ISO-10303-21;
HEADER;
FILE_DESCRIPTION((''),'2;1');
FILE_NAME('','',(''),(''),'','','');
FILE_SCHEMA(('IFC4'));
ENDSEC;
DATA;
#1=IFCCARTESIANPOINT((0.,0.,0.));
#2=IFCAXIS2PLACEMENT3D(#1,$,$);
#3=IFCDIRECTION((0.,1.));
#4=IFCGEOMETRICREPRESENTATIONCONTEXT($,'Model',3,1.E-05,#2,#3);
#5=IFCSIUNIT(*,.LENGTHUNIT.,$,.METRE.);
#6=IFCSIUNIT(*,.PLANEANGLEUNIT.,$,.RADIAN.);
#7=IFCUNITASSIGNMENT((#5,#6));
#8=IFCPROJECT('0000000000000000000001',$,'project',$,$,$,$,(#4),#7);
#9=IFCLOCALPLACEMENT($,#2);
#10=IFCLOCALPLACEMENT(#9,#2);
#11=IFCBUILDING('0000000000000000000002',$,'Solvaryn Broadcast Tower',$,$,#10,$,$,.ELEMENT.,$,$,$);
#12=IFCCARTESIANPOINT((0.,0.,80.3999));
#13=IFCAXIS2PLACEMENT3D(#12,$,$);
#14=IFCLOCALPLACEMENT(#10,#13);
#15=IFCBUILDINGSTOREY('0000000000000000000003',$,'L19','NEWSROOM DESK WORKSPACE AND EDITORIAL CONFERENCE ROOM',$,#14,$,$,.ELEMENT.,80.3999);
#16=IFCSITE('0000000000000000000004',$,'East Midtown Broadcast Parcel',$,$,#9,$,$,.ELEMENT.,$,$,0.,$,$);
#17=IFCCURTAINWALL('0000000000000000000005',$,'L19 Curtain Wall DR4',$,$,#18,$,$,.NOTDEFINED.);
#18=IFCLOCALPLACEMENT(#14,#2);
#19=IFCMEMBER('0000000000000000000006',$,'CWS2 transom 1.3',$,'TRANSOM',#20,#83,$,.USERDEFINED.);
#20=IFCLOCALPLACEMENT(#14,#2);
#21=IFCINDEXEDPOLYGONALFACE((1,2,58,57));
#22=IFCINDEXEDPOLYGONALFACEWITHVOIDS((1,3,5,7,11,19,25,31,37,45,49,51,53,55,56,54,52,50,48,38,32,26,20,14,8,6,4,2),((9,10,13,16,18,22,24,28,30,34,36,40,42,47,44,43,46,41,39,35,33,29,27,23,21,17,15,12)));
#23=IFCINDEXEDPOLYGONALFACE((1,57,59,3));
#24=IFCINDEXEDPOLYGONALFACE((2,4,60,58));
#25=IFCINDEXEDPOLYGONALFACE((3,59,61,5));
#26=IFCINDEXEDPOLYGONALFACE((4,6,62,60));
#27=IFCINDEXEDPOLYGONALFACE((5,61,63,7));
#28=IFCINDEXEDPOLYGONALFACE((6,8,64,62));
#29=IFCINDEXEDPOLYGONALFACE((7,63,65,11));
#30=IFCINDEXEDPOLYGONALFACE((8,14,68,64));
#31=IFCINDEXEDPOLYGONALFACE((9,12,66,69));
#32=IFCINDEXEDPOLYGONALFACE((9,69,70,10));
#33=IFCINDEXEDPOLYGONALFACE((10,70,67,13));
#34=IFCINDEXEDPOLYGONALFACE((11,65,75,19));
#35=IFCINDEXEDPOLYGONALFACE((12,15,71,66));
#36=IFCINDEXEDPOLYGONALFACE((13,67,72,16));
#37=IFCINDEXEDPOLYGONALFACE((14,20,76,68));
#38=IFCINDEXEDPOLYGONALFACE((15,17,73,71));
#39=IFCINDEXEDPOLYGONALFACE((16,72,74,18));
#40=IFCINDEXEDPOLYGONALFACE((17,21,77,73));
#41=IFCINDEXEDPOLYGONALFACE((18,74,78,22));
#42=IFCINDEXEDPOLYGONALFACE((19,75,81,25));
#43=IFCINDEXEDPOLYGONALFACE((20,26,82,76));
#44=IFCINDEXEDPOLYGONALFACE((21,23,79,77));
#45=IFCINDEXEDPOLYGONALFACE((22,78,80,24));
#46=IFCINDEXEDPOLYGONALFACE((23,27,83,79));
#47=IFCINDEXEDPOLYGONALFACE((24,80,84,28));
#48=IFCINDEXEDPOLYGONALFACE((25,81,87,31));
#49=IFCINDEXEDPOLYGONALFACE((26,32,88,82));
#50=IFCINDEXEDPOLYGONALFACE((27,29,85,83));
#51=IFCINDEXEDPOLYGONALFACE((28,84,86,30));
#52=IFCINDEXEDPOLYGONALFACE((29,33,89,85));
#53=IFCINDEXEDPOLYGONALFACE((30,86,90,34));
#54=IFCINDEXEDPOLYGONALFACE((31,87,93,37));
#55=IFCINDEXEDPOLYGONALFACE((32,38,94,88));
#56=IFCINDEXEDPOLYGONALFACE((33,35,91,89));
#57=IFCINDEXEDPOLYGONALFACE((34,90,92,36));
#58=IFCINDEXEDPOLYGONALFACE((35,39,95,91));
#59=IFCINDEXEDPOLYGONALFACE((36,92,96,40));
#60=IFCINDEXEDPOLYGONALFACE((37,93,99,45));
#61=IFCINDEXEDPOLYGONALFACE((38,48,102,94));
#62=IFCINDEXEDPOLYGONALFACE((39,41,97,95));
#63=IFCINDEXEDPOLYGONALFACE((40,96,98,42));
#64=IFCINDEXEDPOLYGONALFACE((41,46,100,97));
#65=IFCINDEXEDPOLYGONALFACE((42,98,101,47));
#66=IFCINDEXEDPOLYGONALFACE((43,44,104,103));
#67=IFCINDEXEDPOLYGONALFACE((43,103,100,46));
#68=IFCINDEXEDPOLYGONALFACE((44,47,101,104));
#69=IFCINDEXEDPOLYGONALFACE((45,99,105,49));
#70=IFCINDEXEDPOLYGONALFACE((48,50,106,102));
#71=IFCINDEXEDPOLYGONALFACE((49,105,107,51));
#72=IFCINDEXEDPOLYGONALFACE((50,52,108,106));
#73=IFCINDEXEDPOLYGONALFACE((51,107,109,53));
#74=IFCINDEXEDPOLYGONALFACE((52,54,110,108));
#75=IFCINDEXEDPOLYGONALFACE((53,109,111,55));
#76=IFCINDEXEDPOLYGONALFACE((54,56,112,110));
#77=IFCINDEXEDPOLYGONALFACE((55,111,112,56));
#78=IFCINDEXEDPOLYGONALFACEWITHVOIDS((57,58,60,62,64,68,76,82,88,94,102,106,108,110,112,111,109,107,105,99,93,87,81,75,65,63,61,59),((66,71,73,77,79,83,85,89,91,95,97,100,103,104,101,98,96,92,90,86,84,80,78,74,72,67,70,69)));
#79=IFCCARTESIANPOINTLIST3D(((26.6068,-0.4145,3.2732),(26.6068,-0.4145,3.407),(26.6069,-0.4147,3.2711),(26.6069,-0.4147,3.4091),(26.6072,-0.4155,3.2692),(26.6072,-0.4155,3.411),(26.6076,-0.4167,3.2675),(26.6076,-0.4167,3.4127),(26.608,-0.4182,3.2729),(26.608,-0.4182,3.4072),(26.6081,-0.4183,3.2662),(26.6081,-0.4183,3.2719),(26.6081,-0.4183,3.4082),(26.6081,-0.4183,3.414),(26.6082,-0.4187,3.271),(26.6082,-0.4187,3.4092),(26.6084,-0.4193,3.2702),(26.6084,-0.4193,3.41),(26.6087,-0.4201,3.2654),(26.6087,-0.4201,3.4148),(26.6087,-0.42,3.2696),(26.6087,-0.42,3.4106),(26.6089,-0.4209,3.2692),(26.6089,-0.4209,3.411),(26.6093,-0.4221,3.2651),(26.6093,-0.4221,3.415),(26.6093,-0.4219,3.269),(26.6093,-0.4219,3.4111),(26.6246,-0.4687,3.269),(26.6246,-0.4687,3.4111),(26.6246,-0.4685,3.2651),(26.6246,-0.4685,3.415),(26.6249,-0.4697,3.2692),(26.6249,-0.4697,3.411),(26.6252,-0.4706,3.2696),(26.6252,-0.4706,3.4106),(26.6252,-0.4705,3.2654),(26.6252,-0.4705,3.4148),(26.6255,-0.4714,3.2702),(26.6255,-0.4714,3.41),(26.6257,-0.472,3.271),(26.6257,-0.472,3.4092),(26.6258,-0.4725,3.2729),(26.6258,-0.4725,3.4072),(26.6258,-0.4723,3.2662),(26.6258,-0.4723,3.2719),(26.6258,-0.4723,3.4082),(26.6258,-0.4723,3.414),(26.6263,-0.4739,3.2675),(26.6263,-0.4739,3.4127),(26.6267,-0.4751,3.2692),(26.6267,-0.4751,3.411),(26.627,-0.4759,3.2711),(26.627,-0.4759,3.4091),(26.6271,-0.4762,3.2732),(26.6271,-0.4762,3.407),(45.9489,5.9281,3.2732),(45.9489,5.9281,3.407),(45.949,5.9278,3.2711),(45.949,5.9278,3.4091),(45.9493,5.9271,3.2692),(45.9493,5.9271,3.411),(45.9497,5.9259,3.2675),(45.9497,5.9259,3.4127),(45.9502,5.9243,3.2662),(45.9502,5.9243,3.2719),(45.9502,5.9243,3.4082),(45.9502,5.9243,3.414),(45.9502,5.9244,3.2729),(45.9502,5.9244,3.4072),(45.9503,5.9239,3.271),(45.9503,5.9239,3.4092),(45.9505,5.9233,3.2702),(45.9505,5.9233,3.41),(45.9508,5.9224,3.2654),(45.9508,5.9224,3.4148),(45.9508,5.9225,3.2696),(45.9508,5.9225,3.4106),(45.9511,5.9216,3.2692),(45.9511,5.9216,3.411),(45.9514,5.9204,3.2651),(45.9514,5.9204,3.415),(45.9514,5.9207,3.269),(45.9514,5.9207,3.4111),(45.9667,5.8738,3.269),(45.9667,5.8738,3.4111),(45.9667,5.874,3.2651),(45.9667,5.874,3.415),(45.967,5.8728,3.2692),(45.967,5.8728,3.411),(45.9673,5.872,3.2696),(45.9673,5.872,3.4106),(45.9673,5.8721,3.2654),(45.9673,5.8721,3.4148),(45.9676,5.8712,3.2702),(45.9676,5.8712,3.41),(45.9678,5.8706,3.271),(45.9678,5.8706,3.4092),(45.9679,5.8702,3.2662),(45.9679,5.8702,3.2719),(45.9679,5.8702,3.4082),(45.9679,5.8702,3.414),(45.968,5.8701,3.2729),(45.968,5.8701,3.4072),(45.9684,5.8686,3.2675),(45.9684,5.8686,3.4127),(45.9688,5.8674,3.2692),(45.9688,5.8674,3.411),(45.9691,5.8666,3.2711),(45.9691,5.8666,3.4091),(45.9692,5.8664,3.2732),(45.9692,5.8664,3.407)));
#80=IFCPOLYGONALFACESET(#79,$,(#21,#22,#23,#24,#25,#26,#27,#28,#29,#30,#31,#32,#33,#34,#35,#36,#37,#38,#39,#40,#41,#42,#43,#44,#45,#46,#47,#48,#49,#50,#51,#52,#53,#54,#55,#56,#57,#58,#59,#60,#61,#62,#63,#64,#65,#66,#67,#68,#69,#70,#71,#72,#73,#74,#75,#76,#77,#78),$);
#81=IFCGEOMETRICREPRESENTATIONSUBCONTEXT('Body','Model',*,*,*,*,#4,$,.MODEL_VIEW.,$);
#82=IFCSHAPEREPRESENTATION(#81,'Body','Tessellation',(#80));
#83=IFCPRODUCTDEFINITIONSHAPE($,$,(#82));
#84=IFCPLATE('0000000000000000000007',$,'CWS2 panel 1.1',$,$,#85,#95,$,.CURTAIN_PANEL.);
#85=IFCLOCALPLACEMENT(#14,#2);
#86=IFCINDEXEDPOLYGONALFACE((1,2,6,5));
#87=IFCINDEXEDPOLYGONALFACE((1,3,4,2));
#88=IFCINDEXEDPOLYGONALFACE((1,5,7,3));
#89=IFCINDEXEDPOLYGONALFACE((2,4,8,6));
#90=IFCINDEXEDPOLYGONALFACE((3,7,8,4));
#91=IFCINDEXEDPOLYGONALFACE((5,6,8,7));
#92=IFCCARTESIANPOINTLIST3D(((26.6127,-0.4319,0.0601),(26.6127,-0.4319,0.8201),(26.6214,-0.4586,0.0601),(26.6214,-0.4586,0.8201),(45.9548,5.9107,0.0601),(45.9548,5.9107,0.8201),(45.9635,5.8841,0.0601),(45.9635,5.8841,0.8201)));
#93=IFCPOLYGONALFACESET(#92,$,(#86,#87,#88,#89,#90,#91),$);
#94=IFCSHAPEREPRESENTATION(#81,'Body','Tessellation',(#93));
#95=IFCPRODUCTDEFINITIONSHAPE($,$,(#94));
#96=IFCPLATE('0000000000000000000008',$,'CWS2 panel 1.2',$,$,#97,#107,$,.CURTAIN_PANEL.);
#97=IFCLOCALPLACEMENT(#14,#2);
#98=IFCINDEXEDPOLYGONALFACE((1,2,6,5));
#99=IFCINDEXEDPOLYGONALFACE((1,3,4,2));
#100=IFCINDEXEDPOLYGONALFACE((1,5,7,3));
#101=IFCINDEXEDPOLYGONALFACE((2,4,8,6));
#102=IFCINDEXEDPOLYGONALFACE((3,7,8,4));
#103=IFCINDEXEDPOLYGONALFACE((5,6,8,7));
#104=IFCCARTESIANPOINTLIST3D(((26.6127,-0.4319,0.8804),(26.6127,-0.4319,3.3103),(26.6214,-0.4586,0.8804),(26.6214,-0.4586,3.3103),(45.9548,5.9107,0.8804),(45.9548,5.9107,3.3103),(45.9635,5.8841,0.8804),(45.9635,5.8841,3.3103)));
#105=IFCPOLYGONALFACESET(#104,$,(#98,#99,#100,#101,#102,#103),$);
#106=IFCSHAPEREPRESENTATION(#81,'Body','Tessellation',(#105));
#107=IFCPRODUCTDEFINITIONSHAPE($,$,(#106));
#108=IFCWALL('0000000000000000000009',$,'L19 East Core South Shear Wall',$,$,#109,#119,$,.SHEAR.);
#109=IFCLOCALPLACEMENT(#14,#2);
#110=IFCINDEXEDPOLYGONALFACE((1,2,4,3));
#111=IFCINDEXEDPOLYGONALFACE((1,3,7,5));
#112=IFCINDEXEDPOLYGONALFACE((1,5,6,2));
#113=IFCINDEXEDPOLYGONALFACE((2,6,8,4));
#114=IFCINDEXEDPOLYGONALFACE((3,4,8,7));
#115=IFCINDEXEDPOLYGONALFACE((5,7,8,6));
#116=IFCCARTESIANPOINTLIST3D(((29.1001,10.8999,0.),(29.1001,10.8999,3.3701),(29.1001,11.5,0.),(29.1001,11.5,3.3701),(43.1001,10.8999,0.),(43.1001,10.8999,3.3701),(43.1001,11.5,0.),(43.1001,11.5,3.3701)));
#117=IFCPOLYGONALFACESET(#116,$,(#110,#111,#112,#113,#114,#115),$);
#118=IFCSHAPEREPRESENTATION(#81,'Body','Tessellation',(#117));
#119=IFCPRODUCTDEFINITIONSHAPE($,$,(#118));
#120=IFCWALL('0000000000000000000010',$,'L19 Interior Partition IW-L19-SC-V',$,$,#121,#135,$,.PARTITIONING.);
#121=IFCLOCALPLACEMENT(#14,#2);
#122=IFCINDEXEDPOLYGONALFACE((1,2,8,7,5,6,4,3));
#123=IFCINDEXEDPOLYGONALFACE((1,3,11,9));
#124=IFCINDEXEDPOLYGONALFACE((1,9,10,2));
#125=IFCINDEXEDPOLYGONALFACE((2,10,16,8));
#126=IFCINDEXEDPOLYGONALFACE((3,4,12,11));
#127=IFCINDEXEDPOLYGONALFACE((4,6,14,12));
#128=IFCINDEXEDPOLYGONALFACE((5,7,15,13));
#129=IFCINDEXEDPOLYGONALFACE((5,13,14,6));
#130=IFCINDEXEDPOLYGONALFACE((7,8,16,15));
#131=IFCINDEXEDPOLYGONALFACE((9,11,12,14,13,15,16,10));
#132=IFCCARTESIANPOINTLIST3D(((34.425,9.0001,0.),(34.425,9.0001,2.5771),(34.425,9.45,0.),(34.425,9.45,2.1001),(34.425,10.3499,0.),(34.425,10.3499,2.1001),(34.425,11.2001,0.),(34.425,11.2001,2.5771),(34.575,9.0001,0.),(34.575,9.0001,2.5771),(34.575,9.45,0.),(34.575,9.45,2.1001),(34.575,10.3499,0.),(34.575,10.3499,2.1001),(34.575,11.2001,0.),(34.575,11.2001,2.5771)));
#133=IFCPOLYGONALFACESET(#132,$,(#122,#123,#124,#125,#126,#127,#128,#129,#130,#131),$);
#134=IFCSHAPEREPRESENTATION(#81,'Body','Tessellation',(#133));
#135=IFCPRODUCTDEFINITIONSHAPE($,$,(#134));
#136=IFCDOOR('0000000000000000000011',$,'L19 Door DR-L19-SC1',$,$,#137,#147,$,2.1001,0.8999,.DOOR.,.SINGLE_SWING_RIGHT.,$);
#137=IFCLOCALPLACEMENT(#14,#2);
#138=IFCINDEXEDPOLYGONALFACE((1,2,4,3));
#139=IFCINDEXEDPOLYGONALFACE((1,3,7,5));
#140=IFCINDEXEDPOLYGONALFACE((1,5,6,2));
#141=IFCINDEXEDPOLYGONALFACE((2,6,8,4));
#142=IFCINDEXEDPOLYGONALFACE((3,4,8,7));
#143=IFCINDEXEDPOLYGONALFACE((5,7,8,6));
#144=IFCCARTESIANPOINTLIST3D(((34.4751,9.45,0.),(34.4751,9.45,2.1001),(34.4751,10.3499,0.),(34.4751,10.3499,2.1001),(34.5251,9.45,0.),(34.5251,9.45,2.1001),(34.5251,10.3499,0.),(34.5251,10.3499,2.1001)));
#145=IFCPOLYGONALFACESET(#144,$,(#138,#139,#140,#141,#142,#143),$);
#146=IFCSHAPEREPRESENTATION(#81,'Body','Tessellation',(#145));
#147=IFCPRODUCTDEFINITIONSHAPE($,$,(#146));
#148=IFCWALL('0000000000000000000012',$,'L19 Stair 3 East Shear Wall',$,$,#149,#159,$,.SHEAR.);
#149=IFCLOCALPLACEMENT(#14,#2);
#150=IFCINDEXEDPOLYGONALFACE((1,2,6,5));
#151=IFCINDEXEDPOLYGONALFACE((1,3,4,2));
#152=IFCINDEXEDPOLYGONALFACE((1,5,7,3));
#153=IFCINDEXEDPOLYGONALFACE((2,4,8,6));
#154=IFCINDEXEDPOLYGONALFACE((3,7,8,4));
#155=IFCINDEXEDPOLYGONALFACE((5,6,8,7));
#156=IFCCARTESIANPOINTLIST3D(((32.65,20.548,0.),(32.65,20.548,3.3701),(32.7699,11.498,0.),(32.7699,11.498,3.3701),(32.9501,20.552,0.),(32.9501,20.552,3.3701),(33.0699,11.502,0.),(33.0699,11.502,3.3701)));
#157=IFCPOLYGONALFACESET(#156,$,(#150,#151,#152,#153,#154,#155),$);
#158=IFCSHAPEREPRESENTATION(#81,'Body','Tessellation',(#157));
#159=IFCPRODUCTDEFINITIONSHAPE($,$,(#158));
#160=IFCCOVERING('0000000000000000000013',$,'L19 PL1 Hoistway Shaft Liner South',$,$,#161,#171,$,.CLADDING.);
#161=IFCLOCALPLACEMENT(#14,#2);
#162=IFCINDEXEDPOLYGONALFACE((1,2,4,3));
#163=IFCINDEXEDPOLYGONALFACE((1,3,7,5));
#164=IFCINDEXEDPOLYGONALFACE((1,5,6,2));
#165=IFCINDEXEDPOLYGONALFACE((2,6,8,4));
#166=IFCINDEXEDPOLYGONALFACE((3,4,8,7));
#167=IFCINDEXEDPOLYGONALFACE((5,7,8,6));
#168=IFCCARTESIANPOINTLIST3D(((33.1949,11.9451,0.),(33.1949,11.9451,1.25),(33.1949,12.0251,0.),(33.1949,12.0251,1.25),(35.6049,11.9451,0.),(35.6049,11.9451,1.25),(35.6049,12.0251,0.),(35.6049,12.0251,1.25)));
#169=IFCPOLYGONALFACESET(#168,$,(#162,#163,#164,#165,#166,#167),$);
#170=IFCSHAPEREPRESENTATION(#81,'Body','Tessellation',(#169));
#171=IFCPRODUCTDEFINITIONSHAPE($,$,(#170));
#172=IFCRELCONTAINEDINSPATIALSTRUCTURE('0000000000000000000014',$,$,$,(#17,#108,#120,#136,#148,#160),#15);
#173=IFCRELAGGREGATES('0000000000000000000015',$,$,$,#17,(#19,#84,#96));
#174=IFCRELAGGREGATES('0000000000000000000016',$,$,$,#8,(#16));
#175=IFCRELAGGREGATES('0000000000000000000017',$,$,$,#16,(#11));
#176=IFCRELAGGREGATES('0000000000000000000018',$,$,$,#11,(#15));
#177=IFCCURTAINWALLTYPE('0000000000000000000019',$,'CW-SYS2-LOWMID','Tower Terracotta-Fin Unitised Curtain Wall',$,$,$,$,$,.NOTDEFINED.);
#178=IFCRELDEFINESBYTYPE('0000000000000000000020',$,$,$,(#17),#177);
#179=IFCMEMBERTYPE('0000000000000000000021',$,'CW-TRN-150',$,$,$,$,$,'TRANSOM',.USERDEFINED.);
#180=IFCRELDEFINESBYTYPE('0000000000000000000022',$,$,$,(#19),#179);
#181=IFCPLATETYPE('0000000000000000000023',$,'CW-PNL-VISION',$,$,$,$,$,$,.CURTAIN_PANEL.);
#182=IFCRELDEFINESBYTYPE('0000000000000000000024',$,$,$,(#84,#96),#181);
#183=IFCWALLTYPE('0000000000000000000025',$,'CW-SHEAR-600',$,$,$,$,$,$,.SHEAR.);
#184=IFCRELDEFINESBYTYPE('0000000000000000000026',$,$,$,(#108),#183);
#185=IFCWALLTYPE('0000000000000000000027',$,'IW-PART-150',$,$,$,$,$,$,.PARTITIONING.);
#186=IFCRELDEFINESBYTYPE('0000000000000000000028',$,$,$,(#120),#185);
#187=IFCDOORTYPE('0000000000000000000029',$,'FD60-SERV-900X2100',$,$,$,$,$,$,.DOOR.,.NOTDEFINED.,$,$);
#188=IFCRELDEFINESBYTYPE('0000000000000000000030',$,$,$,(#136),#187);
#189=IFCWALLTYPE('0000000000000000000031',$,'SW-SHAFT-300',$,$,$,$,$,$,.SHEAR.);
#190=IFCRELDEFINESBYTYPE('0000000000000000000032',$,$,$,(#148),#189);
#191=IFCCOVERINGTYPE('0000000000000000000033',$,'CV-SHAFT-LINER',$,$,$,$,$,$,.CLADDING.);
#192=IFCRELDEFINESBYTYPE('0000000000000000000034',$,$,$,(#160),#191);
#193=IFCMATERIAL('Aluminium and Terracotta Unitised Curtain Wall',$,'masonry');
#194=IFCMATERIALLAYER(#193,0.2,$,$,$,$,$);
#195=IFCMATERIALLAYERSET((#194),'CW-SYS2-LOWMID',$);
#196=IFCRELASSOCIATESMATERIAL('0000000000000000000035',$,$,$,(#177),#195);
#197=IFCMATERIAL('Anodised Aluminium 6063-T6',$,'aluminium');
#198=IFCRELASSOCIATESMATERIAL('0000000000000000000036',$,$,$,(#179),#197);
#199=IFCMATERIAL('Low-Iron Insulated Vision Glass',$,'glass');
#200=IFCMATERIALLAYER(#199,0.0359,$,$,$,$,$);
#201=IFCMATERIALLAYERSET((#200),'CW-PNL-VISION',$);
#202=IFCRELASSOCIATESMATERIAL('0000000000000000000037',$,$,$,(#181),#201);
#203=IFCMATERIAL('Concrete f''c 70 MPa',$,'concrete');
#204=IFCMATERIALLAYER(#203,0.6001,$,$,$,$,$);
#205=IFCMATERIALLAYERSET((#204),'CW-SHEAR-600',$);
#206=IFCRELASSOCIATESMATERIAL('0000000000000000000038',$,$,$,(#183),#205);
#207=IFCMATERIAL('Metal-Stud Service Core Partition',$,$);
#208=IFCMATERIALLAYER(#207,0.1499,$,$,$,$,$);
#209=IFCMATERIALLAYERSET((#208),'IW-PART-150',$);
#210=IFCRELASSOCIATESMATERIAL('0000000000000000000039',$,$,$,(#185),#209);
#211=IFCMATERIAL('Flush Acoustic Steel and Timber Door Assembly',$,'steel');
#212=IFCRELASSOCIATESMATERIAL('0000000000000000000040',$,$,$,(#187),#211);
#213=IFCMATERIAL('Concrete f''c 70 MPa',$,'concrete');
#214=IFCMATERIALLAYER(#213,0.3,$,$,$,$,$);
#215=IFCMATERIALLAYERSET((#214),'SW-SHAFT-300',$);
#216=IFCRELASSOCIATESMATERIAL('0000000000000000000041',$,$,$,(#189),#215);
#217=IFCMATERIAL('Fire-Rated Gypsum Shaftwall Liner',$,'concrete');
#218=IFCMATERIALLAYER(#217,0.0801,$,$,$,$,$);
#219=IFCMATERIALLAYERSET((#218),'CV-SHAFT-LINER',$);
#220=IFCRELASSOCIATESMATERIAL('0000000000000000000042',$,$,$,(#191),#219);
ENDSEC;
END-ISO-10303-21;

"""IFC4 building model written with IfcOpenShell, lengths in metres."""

from ifc_helpers import new_model, si_unit, direction, frame, frame_2d, origin, origin_2d, place, context, subcontext, project, spatial, rectangle, hollow_rectangle, extrude, material, layer, layer_set, material_profile, profile_set, type_object, element, fill, aggregate, save


model = new_model("IFC4")

# Units and contexts
model_context = context("Model", 3, precision=1e-05, world=origin(), true_north=direction((0.0, 1.0)))
body_context = subcontext(model_context, "Body", "Model", "MODEL_VIEW")
ifc_project = project(units=[si_unit("LENGTHUNIT", "METRE"), si_unit("PLANEANGLEUNIT", "RADIAN")], contexts=[model_context])

# Site, building, storey
site_placement = place(None, origin())
site = spatial("IfcSite", under=ifc_project, at=site_placement, Name="East Midtown Broadcast Parcel", CompositionType="ELEMENT", RefElevation=0.0)
building_placement = place(site_placement, origin())
building = spatial("IfcBuilding", under=site, at=building_placement, Name="Solvaryn Broadcast Tower", CompositionType="ELEMENT")
storey_placement = place(building_placement, frame((0.0, 0.0, 80.3999)))
storey = spatial("IfcBuildingStorey", under=building, at=storey_placement, Name="L19", Description="NEWSROOM DESK WORKSPACE AND EDITORIAL CONFERENCE ROOM", CompositionType="ELEMENT", Elevation=80.3999)

# Shared definitions
ifc_material_1 = material(Name="Aluminium and Terracotta Unitised Curtain Wall", Category="masonry")
ifc_layer_1 = layer(ifc_material_1, 0.2)
ifc_layer_set_1 = layer_set([ifc_layer_1], Name="CW-SYS2-LOWMID")
curtain_wall_type = type_object("IfcCurtainWallType", Name="CW-SYS2-LOWMID", Description="Tower Terracotta-Fin Unitised Curtain Wall", PredefinedType="NOTDEFINED", material=ifc_layer_set_1)

# Curtain wall, member, plates
curtain_wall_1_placement = place(storey_placement, origin())
curtain_wall_1 = element("IfcCurtainWall", 1, at=curtain_wall_1_placement, inside=storey, type_object=curtain_wall_type, Name="L19 Curtain Wall DR4", PredefinedType="NOTDEFINED")
ifc_material_2 = material(Name="Anodised Aluminium 6063-T6", Category="aluminium")
ifc_material_profile_1 = material_profile(ifc_material_2, hollow_rectangle(XDim=0.0649, YDim=0.1499, WallThickness=0.0039, InnerFilletRadius=0.0039, OuterFilletRadius=0.0081, at=origin_2d()))
ifc_profile_set_1 = profile_set([ifc_material_profile_1], Name="Anodised Aluminium 6063-T6")
member_type_1 = type_object("IfcMemberType", Name="CW-TRN-150", ElementType="TRANSOM", PredefinedType="USERDEFINED", material=ifc_profile_set_1)
member_1_placement = place(storey_placement, frame((26.6169, -0.4453, 3.3401), z_axis=(0.950217, 0.31159, 0.0), x_axis=(-0.31159, 0.950217, 0.0)))
member_1 = element("IfcMember", 2, at=member_1_placement, type_object=member_type_1, Name="CWS2 transom 1.3", ObjectType="TRANSOM", PredefinedType="USERDEFINED", context=body_context, shape_type="SweptSolid", body=[
    extrude(hollow_rectangle(XDim=0.0649, YDim=0.1499, WallThickness=0.0039, InnerFilletRadius=0.0039, OuterFilletRadius=0.0081, at=origin_2d()), origin(), (0.0, 0.0, 1.0), 20.3555),
])
ifc_material_3 = material(Name="Low-Iron Insulated Vision Glass", Category="glass")
ifc_layer_2 = layer(ifc_material_3, 0.0359)
ifc_layer_set_2 = layer_set([ifc_layer_2], Name="CW-PNL-VISION")
plate_type = type_object("IfcPlateType", Name="CW-PNL-VISION", PredefinedType="CURTAIN_PANEL", material=ifc_layer_set_2)
plate_1_placement = place(storey_placement, frame((36.2881, 2.7261, 0.0601), z_axis=(0.0, 0.0, 1.0), x_axis=(0.950215, 0.311594, 0.0)))
plate_1 = element("IfcPlate", 3, at=plate_1_placement, type_object=plate_type, Name="CWS2 panel 1.1", PredefinedType="CURTAIN_PANEL", context=body_context, shape_type="SweptSolid", body=[
    extrude(rectangle(XDim=20.3555, YDim=0.0281, at=origin_2d()), origin(), (0.0, 0.0, 1.0), 0.76),
])
plate_2_placement = place(storey_placement, frame((36.2881, 2.7261, 0.8804), z_axis=(0.0, 0.0, 1.0), x_axis=(0.950215, 0.311594, 0.0)))
plate_2 = element("IfcPlate", 4, at=plate_2_placement, type_object=plate_type, Name="CWS2 panel 1.2", PredefinedType="CURTAIN_PANEL", context=body_context, shape_type="SweptSolid", body=[
    extrude(rectangle(XDim=20.3555, YDim=0.0281, at=origin_2d()), origin(), (0.0, 0.0, 1.0), 2.4299),
])
aggregate(curtain_wall_1, [member_1, plate_1, plate_2])

# Wall
ifc_material_4 = material(Name="Concrete f'c 70 MPa", Category="concrete")
ifc_layer_3 = layer(ifc_material_4, 0.6001)
ifc_layer_set_3 = layer_set([ifc_layer_3], Name="CW-SHEAR-600")
wall_type_1 = type_object("IfcWallType", Name="CW-SHEAR-600", PredefinedType="SHEAR", material=ifc_layer_set_3)
wall_1_placement = place(storey_placement, frame((29.1001, 11.2, 0.0), z_axis=(0.0, 0.0, 1.0), x_axis=(1.0, 0.0, 0.0)))
element("IfcWall", 5, at=wall_1_placement, inside=storey, type_object=wall_type_1, Name="L19 East Core South Shear Wall", PredefinedType="SHEAR", context=body_context, shape_type="SweptSolid", body=[
    extrude(rectangle(XDim=14.0, YDim=0.6001, at=frame_2d((7.0, 0.0))), origin(), (0.0, 0.0, 1.0), 3.3701),
])

# Wall, opening, door
ifc_material_5 = material(Name="Metal-Stud Service Core Partition")
ifc_layer_4 = layer(ifc_material_5, 0.1499)
ifc_layer_set_4 = layer_set([ifc_layer_4], Name="IW-PART-150")
wall_type_2 = type_object("IfcWallType", Name="IW-PART-150", PredefinedType="PARTITIONING", material=ifc_layer_set_4)
wall_2_placement = place(storey_placement, frame((34.5, 9.0, 0.0), z_axis=(0.0, 0.0, 1.0), x_axis=(0.0, 1.0, 0.0)))
wall_2 = element("IfcWall", 6, at=wall_2_placement, inside=storey, type_object=wall_type_2, Name="L19 Interior Partition IW-L19-SC-V", PredefinedType="PARTITIONING", context=body_context, shape_type="SweptSolid", body=[
    extrude(rectangle(XDim=2.2, YDim=0.1499, at=frame_2d((1.1001, 0.0))), origin(), (0.0, 0.0, 1.0), 2.5771),
])
opening_placement = place(wall_2_placement, frame((0.45, 0.0, 0.0)))
opening = element("IfcOpeningElement", 7, at=opening_placement, cuts=wall_2, PredefinedType="OPENING", context=body_context, shape_type="SweptSolid", body=[
    extrude(rectangle(XDim=0.8999, YDim=2.1001, at=frame_2d((0.45, 1.05))), frame((0.0, 0.085, 0.0), z_axis=(0.0, -1.0, 0.0), x_axis=(1.0, 0.0, 0.0)), (0.0, 0.0, 1.0), 0.1699),
])
ifc_material_6 = material(Name="Flush Acoustic Steel and Timber Door Assembly", Category="steel")
door_type = type_object("IfcDoorType", Name="FD60-SERV-900X2100", OperationType="NOTDEFINED", PredefinedType="DOOR", material=ifc_material_6)
door_placement = place(opening_placement, origin())
door = element("IfcDoor", 8, at=door_placement, inside=storey, type_object=door_type, Name="L19 Door DR-L19-SC1", OperationType="SINGLE_SWING_RIGHT", OverallHeight=2.1001, OverallWidth=0.8999, PredefinedType="DOOR", context=body_context, shape_type="SweptSolid", body=[
    extrude(rectangle(XDim=0.8999, YDim=2.1001, at=frame_2d((0.45, 1.05))), frame((0.0, 0.0249, 0.0), z_axis=(0.0, -1.0, 0.0), x_axis=(1.0, 0.0, 0.0)), (0.0, 0.0, 1.0), 0.05),
])
fill(opening, door)

# Wall
ifc_material_7 = material(Name="Concrete f'c 70 MPa", Category="concrete")
ifc_layer_5 = layer(ifc_material_7, 0.3)
ifc_layer_set_5 = layer_set([ifc_layer_5], Name="SW-SHAFT-300")
wall_type_3 = type_object("IfcWallType", Name="SW-SHAFT-300", PredefinedType="SHEAR", material=ifc_layer_set_5)
wall_3_placement = place(storey_placement, frame((32.9199, 11.5, 0.0), z_axis=(0.0, 0.0, 1.0), x_axis=(-0.013244, 0.999912, 0.0)))
element("IfcWall", 9, at=wall_3_placement, inside=storey, type_object=wall_type_3, Name="L19 Stair 3 East Shear Wall", PredefinedType="SHEAR", context=body_context, shape_type="SweptSolid", body=[
    extrude(rectangle(XDim=9.0508, YDim=0.3, at=frame_2d((4.5254, 0.0))), origin(), (0.0, 0.0, 1.0), 3.3701),
])

# Covering
ifc_material_8 = material(Name="Fire-Rated Gypsum Shaftwall Liner", Category="concrete")
ifc_layer_6 = layer(ifc_material_8, 0.0801)
ifc_layer_set_6 = layer_set([ifc_layer_6], Name="CV-SHAFT-LINER")
covering_type_1 = type_object("IfcCoveringType", Name="CV-SHAFT-LINER", PredefinedType="CLADDING", material=ifc_layer_set_6)
covering_1_placement = place(storey_placement, frame((34.3999, 11.9851, 0.0), z_axis=(0.0, 0.0, 1.0), x_axis=(1.0, 0.0, 0.0)))
element("IfcCovering", 10, at=covering_1_placement, inside=storey, type_object=covering_type_1, Name="L19 PL1 Hoistway Shaft Liner South", PredefinedType="CLADDING", context=body_context, shape_type="SweptSolid", body=[
    extrude(rectangle(XDim=2.4099, YDim=0.0801, at=origin_2d()), origin(), (0.0, 0.0, 1.0), 1.25),
])

save(model, "model.ifc")
